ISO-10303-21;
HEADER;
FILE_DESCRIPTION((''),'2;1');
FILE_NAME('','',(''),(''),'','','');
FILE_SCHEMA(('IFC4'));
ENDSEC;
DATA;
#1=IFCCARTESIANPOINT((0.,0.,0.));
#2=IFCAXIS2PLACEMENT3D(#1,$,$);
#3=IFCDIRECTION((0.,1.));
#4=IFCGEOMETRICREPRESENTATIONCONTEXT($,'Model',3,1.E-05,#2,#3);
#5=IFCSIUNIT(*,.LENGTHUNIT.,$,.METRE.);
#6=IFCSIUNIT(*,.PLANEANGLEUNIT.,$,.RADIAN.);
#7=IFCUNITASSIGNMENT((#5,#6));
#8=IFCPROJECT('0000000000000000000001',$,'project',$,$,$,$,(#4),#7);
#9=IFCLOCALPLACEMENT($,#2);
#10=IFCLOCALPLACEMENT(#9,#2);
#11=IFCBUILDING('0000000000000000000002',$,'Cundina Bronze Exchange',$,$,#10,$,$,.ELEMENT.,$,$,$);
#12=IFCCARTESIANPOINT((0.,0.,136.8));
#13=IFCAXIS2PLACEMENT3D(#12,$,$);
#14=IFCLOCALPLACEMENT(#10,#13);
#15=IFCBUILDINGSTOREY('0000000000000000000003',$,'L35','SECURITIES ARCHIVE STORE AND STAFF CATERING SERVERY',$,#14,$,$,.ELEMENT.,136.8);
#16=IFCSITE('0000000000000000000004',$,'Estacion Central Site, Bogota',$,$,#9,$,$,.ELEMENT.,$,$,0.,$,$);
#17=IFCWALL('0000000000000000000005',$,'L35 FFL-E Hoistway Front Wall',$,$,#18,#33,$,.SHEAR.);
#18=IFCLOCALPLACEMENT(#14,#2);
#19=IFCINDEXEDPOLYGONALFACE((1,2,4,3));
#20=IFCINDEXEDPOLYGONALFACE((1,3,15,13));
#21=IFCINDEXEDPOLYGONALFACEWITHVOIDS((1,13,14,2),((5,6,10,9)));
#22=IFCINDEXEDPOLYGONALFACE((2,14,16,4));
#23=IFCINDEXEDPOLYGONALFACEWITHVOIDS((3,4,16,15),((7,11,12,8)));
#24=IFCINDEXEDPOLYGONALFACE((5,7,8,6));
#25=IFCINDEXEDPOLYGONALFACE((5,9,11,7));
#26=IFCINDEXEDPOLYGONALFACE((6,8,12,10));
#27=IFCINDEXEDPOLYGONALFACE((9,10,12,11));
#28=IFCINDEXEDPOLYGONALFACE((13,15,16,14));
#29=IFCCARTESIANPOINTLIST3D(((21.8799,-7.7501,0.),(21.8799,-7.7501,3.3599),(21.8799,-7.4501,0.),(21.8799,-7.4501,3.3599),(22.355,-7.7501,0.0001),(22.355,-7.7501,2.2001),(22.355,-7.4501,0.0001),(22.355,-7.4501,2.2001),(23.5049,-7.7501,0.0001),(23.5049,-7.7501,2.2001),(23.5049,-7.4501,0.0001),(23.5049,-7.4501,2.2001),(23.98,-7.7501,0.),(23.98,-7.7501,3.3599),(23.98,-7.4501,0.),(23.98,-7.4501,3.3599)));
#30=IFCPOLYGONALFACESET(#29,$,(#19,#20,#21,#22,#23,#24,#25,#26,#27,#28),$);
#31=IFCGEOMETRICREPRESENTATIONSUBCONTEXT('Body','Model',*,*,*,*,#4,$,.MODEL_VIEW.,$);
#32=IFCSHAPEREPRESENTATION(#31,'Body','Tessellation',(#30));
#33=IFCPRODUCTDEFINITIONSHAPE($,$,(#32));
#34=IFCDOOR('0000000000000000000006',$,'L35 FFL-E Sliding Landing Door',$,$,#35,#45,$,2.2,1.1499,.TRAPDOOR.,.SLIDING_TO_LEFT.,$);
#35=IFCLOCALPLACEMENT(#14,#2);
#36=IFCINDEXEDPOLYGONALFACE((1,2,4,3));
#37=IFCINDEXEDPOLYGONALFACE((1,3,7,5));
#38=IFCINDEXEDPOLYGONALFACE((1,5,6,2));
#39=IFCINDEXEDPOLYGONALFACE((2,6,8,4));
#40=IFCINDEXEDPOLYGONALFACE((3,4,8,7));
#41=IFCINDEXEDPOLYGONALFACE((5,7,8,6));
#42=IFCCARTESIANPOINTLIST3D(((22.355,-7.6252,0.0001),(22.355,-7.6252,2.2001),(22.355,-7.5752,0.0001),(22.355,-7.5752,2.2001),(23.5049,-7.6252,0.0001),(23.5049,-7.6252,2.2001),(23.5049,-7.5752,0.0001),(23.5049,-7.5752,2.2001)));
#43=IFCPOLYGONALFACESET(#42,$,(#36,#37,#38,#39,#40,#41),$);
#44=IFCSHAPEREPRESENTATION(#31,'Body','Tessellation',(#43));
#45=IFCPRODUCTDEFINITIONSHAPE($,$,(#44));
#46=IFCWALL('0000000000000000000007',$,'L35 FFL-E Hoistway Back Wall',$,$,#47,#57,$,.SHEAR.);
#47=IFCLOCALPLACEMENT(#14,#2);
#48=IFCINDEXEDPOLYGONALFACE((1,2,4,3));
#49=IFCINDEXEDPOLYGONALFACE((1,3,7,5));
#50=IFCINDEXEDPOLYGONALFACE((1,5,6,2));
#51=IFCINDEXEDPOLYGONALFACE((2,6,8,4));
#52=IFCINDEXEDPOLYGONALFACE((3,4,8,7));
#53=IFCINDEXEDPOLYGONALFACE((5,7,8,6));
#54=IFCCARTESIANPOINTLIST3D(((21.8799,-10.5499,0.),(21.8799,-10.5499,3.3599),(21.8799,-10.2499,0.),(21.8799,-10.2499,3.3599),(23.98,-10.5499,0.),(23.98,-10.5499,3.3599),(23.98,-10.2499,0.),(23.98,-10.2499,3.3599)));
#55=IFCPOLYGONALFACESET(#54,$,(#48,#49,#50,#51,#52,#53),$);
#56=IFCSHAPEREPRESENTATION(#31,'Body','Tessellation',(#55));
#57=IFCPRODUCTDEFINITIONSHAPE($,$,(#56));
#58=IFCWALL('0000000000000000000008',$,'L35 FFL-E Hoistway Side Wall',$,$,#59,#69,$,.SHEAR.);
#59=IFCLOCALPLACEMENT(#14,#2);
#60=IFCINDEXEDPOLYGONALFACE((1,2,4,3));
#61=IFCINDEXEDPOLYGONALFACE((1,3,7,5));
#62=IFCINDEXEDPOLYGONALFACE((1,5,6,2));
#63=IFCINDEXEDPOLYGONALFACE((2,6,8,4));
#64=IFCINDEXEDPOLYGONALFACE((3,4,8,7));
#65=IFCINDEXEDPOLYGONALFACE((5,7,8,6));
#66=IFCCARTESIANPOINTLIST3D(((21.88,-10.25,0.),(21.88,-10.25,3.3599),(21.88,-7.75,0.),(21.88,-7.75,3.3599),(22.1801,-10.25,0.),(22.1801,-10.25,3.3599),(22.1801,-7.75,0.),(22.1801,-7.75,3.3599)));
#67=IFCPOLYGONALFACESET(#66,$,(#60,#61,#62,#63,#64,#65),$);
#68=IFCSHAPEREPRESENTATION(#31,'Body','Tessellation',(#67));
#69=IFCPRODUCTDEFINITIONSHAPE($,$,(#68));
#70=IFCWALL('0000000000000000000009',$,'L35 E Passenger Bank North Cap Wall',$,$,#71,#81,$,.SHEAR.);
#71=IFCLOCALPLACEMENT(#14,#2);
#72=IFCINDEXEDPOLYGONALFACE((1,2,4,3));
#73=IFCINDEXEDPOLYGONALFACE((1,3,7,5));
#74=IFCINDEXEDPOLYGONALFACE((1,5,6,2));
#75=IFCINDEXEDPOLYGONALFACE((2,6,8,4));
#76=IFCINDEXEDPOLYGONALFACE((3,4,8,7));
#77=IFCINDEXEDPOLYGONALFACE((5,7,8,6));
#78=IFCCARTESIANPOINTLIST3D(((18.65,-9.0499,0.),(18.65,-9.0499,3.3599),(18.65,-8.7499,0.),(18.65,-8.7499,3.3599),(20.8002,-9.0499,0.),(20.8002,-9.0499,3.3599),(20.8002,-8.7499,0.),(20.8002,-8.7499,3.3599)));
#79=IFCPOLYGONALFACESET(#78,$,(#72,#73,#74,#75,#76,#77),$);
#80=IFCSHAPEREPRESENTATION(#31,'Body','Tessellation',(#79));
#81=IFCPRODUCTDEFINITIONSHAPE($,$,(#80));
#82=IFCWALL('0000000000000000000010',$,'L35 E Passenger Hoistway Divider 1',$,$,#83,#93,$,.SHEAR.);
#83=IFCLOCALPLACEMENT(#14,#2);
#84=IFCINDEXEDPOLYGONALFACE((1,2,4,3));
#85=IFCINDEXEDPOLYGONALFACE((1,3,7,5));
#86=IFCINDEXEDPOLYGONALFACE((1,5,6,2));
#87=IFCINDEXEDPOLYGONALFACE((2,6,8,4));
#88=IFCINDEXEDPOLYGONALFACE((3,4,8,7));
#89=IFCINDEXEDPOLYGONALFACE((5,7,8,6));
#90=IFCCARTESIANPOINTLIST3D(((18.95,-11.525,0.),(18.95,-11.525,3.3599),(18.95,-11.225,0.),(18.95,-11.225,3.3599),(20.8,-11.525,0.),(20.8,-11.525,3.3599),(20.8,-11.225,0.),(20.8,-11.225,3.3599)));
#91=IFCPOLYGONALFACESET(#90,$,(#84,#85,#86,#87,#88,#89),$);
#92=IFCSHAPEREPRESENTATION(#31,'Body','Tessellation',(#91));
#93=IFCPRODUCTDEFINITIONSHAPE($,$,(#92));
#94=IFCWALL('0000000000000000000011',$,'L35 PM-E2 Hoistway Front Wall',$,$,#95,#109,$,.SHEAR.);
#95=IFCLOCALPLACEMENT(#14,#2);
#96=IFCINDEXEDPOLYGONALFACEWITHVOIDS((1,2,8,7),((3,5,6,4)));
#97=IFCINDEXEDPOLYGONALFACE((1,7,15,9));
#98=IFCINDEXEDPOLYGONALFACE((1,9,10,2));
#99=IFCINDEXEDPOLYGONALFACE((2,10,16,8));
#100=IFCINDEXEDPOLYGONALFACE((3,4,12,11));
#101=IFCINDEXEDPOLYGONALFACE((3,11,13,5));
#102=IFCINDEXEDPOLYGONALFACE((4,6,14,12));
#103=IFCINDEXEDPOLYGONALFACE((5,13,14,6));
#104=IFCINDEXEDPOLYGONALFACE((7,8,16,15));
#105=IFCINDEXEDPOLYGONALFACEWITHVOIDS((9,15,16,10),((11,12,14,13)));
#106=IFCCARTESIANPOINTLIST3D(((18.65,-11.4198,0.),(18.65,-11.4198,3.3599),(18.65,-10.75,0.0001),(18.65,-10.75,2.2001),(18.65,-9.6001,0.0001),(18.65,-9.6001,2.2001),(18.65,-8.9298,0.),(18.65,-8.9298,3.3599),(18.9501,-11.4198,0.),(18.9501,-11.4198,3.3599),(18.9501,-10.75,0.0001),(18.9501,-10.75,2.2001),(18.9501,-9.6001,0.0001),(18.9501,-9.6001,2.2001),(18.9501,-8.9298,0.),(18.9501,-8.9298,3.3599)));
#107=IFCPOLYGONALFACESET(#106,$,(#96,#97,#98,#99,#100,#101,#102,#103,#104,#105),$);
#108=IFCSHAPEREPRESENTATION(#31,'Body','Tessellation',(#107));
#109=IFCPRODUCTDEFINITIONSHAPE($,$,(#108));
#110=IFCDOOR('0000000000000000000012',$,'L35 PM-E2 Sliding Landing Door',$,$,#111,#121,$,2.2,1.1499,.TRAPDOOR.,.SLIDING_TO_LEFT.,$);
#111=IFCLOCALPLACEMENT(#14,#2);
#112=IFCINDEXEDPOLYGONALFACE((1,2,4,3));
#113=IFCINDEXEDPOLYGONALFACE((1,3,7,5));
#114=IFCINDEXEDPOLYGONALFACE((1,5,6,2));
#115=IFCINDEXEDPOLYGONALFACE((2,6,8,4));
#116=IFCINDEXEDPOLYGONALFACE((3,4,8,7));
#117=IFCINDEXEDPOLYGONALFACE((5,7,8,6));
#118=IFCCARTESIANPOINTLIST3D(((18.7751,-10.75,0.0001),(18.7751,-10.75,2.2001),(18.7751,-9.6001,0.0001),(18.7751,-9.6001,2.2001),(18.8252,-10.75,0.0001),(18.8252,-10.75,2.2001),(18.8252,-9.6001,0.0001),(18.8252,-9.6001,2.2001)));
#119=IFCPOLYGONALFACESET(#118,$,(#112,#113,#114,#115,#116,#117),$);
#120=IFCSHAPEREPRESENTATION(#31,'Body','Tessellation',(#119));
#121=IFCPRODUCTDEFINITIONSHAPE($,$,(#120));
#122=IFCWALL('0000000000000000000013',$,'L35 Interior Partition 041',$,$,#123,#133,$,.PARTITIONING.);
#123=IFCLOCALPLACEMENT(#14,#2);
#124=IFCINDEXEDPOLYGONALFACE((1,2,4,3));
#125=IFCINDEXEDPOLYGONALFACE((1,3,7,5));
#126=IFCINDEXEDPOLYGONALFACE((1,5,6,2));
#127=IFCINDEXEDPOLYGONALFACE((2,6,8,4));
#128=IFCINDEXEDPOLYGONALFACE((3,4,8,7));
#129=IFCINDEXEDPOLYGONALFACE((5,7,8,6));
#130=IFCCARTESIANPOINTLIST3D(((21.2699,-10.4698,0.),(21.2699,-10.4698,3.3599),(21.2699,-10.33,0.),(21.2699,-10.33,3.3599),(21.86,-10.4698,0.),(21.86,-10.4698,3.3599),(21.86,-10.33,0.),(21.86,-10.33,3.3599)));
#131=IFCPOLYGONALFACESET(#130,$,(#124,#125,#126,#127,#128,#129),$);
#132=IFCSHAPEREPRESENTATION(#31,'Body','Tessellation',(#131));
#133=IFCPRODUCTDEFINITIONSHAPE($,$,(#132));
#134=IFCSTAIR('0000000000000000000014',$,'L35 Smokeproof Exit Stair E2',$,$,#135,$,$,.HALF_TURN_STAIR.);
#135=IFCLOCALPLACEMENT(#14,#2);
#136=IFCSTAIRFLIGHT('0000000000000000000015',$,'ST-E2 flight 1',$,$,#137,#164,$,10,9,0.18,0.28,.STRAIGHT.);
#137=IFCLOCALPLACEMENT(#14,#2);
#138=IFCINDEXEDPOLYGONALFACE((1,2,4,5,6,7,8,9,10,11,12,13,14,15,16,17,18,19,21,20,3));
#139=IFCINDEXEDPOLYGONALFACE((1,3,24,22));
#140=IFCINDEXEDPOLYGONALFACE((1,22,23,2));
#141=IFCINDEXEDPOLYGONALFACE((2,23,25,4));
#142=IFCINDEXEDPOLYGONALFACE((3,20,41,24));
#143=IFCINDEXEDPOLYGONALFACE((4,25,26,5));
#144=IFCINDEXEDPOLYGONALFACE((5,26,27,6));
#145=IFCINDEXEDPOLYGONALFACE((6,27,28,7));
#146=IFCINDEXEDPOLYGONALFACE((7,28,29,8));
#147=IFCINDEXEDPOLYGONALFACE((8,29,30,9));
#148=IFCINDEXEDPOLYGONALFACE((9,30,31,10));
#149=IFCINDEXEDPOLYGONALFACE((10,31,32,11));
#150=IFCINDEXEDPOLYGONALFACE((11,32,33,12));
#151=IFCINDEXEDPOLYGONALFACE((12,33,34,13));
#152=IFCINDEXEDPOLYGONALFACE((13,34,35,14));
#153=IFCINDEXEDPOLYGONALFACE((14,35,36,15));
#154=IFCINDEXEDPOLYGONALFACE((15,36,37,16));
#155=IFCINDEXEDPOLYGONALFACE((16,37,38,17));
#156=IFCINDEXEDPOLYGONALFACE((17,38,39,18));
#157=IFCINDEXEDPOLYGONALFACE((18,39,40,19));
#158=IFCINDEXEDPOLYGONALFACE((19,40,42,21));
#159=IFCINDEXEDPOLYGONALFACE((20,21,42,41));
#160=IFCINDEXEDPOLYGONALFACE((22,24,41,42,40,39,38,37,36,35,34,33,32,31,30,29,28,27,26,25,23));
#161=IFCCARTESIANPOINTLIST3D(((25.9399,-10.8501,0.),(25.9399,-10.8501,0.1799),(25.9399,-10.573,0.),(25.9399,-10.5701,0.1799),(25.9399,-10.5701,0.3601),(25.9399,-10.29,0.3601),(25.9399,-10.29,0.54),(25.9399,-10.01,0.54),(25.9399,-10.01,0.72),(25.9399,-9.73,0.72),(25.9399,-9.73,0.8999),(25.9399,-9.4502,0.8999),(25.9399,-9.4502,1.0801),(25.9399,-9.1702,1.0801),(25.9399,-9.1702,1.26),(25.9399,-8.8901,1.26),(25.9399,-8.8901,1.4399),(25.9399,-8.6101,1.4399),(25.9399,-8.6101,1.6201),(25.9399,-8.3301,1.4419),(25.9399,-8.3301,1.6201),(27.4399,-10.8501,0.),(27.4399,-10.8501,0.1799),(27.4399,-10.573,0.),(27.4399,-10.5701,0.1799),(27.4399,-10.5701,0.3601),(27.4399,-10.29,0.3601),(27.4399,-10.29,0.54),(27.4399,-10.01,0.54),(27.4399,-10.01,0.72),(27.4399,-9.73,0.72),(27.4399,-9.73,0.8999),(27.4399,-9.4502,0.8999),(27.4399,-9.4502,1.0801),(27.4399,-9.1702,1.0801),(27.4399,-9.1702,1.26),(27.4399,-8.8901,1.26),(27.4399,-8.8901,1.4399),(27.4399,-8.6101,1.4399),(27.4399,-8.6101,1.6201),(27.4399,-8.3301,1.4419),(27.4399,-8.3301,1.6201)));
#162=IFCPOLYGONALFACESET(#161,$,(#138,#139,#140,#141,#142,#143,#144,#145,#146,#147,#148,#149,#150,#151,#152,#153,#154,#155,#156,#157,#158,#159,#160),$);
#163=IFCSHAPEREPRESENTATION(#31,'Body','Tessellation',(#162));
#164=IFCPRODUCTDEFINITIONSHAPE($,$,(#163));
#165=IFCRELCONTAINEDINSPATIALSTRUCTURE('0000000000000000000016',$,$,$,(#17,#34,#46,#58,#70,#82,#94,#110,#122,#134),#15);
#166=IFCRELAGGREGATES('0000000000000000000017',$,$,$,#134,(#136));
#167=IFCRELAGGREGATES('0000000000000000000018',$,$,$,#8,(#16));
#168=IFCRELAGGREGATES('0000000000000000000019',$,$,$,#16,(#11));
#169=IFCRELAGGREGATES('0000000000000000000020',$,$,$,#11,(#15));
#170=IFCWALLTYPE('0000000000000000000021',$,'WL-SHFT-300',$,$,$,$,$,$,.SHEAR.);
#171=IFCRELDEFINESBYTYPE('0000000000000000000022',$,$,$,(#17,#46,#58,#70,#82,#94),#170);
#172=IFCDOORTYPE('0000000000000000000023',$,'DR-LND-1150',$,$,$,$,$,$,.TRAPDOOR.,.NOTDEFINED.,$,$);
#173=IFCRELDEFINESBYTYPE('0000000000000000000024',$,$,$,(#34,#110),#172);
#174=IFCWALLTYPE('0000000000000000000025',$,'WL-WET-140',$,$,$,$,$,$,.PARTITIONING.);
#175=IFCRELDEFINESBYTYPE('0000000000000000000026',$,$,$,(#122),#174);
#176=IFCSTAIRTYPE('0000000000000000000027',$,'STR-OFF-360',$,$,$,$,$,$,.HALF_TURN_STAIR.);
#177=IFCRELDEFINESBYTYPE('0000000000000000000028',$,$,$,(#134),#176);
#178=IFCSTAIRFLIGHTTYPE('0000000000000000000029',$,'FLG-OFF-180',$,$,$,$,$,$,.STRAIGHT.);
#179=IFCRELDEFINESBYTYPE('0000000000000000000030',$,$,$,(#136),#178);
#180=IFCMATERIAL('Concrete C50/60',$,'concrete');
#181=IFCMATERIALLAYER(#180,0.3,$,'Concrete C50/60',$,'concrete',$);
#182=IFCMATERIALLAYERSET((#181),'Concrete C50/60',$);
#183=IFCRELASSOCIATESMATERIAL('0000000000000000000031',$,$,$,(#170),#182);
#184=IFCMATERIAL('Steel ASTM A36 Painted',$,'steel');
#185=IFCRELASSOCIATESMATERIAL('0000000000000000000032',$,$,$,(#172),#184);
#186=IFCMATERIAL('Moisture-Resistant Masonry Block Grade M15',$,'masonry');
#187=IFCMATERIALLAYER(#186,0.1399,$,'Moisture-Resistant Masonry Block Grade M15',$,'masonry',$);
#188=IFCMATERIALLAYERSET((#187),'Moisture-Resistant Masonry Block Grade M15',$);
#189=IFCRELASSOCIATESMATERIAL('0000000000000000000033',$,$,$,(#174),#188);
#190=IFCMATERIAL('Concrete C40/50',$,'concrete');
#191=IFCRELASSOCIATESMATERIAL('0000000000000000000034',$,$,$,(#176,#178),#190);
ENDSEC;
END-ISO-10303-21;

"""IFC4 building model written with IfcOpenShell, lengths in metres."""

from ifc_helpers import new_model, si_unit, direction, frame, frame_2d, origin, place, context, subcontext, project, spatial, polyline, rectangle, outline, extrude, material, layer, layer_set, type_object, element, fill, aggregate, save


model = new_model("IFC4")

# Units and contexts
model_context = context("Model", 3, precision=1e-05, world=origin(), true_north=direction((0.0, 1.0)))
body_context = subcontext(model_context, "Body", "Model", "MODEL_VIEW")
ifc_project = project(units=[si_unit("LENGTHUNIT", "METRE"), si_unit("PLANEANGLEUNIT", "RADIAN")], contexts=[model_context])

# Site, building, storey
site_placement = place(None, origin())
site = spatial("IfcSite", under=ifc_project, at=site_placement, Name="Estacion Central Site, Bogota", CompositionType="ELEMENT", RefElevation=0.0)
building_placement = place(site_placement, origin())
building = spatial("IfcBuilding", under=site, at=building_placement, Name="Cundina Bronze Exchange", CompositionType="ELEMENT")
storey_placement = place(building_placement, frame((0.0, 0.0, 136.8)))
storey = spatial("IfcBuildingStorey", under=building, at=storey_placement, Name="L35", Description="SECURITIES ARCHIVE STORE AND STAFF CATERING SERVERY", CompositionType="ELEMENT", Elevation=136.8)

# Shared definitions
ifc_material_1 = material(Name="Concrete C50/60", Category="concrete")

# Shared definitions
ifc_layer_1 = layer(ifc_material_1, 0.3, Name="Concrete C50/60", Category="concrete")
ifc_layer_set_1 = layer_set([ifc_layer_1], Name="Concrete C50/60")
wall_type_1 = type_object("IfcWallType", Name="WL-SHFT-300", PredefinedType="SHEAR", material=ifc_layer_set_1)

# Wall, opening, door
ifc_material_2 = material(Name="Steel ASTM A36 Painted", Category="steel")
wall_1_placement = place(storey_placement, frame((21.8799, -7.6001, 0.0), z_axis=(0.0, 0.0, 1.0), x_axis=(1.0, 0.0, 0.0)))
wall_1 = element("IfcWall", 1, at=wall_1_placement, inside=storey, type_object=wall_type_1, Name="L35 FFL-E Hoistway Front Wall", PredefinedType="SHEAR", context=body_context, shape_type="SweptSolid", body=[
    extrude(rectangle(XDim=2.1001, YDim=0.3, at=frame_2d((1.05, 0.0))), origin(), (0.0, 0.0, 1.0), 3.3599),
])
opening_1_placement = place(wall_1_placement, frame((0.4751, 0.0, 0.0)))
opening_1 = element("IfcOpeningElement", 2, at=opening_1_placement, cuts=wall_1, PredefinedType="OPENING", context=body_context, shape_type="SweptSolid", body=[
    extrude(rectangle(XDim=1.1499, YDim=2.2, at=frame_2d((0.575, 1.1001))), frame((0.0, 0.1599, 0.0), z_axis=(0.0, -1.0, 0.0), x_axis=(1.0, 0.0, 0.0)), (0.0, 0.0, 1.0), 0.3201),
])
door_type_1 = type_object("IfcDoorType", Name="DR-LND-1150", OperationType="NOTDEFINED", PredefinedType="TRAPDOOR", material=ifc_material_2)
door_1_placement = place(opening_1_placement, origin())
door_1 = element("IfcDoor", 3, at=door_1_placement, inside=storey, type_object=door_type_1, Name="L35 FFL-E Sliding Landing Door", OperationType="SLIDING_TO_LEFT", OverallHeight=2.2, OverallWidth=1.1499, PredefinedType="TRAPDOOR", context=body_context, shape_type="SweptSolid", body=[
    extrude(rectangle(XDim=1.1499, YDim=2.2, at=frame_2d((0.575, 1.1001))), frame((0.0, 0.0249, 0.0), z_axis=(0.0, -1.0, 0.0), x_axis=(1.0, 0.0, 0.0)), (0.0, 0.0, 1.0), 0.05),
])
fill(opening_1, door_1)

# Walls
wall_2_placement = place(storey_placement, frame((21.8799, -10.3999, 0.0), z_axis=(0.0, 0.0, 1.0), x_axis=(1.0, 0.0, 0.0)))
element("IfcWall", 4, at=wall_2_placement, inside=storey, type_object=wall_type_1, Name="L35 FFL-E Hoistway Back Wall", PredefinedType="SHEAR", context=body_context, shape_type="SweptSolid", body=[
    extrude(rectangle(XDim=2.1001, YDim=0.3, at=frame_2d((1.05, 0.0))), origin(), (0.0, 0.0, 1.0), 3.3599),
])
wall_3_placement = place(storey_placement, frame((22.03, -10.25, 0.0), z_axis=(0.0, 0.0, 1.0), x_axis=(0.0, 1.0, 0.0)))
element("IfcWall", 5, at=wall_3_placement, inside=storey, type_object=wall_type_1, Name="L35 FFL-E Hoistway Side Wall", PredefinedType="SHEAR", context=body_context, shape_type="SweptSolid", body=[
    extrude(rectangle(XDim=2.5, YDim=0.3, at=frame_2d((1.25, 0.0))), origin(), (0.0, 0.0, 1.0), 3.3599),
])
wall_4_placement = place(storey_placement, frame((18.6499, -8.8999, 0.0), z_axis=(0.0, 0.0, 1.0), x_axis=(1.0, 0.0, 0.0)))
element("IfcWall", 6, at=wall_4_placement, inside=storey, type_object=wall_type_1, Name="L35 E Passenger Bank North Cap Wall", PredefinedType="SHEAR", context=body_context, shape_type="SweptSolid", body=[
    extrude(rectangle(XDim=2.1501, YDim=0.3, at=frame_2d((1.0752, 0.0))), origin(), (0.0, 0.0, 1.0), 3.3599),
])
wall_5_placement = place(storey_placement, frame((18.95, -11.375, 0.0), z_axis=(0.0, 0.0, 1.0), x_axis=(1.0, 0.0, 0.0)))
element("IfcWall", 7, at=wall_5_placement, inside=storey, type_object=wall_type_1, Name="L35 E Passenger Hoistway Divider 1", PredefinedType="SHEAR", context=body_context, shape_type="SweptSolid", body=[
    extrude(rectangle(XDim=1.8501, YDim=0.3, at=frame_2d((0.925, 0.0))), origin(), (0.0, 0.0, 1.0), 3.3599),
])

# Wall, opening, door
wall_6_placement = place(storey_placement, frame((18.8, -11.4199, 0.0), z_axis=(0.0, 0.0, 1.0), x_axis=(0.0, 1.0, 0.0)))
wall_6 = element("IfcWall", 8, at=wall_6_placement, inside=storey, type_object=wall_type_1, Name="L35 PM-E2 Hoistway Front Wall", PredefinedType="SHEAR", context=body_context, shape_type="SweptSolid", body=[
    extrude(rectangle(XDim=2.49, YDim=0.3, at=frame_2d((1.2451, 0.0))), origin(), (0.0, 0.0, 1.0), 3.3599),
])
opening_2_placement = place(wall_6_placement, frame((0.6699, 0.0, 0.0)))
opening_2 = element("IfcOpeningElement", 9, at=opening_2_placement, cuts=wall_6, PredefinedType="OPENING", context=body_context, shape_type="SweptSolid", body=[
    extrude(rectangle(XDim=1.1499, YDim=2.2, at=frame_2d((0.575, 1.1001))), frame((0.0, 0.1599, 0.0), z_axis=(0.0, -1.0, 0.0), x_axis=(1.0, 0.0, 0.0)), (0.0, 0.0, 1.0), 0.3201),
])
door_2_placement = place(opening_2_placement, origin())
door_2 = element("IfcDoor", 10, at=door_2_placement, inside=storey, type_object=door_type_1, Name="L35 PM-E2 Sliding Landing Door", OperationType="SLIDING_TO_LEFT", OverallHeight=2.2, OverallWidth=1.1499, PredefinedType="TRAPDOOR", context=body_context, shape_type="SweptSolid", body=[
    extrude(rectangle(XDim=1.1499, YDim=2.2, at=frame_2d((0.575, 1.1001))), frame((0.0, 0.0249, 0.0), z_axis=(0.0, -1.0, 0.0), x_axis=(1.0, 0.0, 0.0)), (0.0, 0.0, 1.0), 0.05),
])
fill(opening_2, door_2)

# Wall
ifc_material_3 = material(Name="Moisture-Resistant Masonry Block Grade M15", Category="masonry")
ifc_layer_2 = layer(ifc_material_3, 0.1399, Name="Moisture-Resistant Masonry Block Grade M15", Category="masonry")
ifc_layer_set_2 = layer_set([ifc_layer_2], Name="Moisture-Resistant Masonry Block Grade M15")
wall_type_2 = type_object("IfcWallType", Name="WL-WET-140", PredefinedType="PARTITIONING", material=ifc_layer_set_2)
wall_7_placement = place(storey_placement, frame((21.27, -10.3999, 0.0), z_axis=(0.0, 0.0, 1.0), x_axis=(1.0, 0.0, 0.0)))
element("IfcWall", 11, at=wall_7_placement, inside=storey, type_object=wall_type_2, Name="L35 Interior Partition 041", PredefinedType="PARTITIONING", context=body_context, shape_type="SweptSolid", body=[
    extrude(rectangle(XDim=0.5901, YDim=0.1399, at=frame_2d((0.2949, 0.0))), origin(), (0.0, 0.0, 1.0), 3.3599),
])

# Stair, stair flight
ifc_material_4 = material(Name="Concrete C40/50", Category="concrete")
stair_type = type_object("IfcStairType", Name="STR-OFF-360", PredefinedType="HALF_TURN_STAIR", material=ifc_material_4)
stair_placement = place(storey_placement, origin())
stair = element("IfcStair", 12, at=stair_placement, inside=storey, type_object=stair_type, Name="L35 Smokeproof Exit Stair E2", PredefinedType="HALF_TURN_STAIR")
stair_flight_type = type_object("IfcStairFlightType", Name="FLG-OFF-180", PredefinedType="STRAIGHT", material=ifc_material_4)
stair_flight_1_placement = place(storey_placement, frame((26.6899, -10.8501, 0.0), z_axis=(0.0, 0.0, 1.0), x_axis=(0.0, 1.0, 0.0)))
stair_flight_1 = element("IfcStairFlight", 13, at=stair_flight_1_placement, type_object=stair_flight_type, Name="ST-E2 flight 1", NumberOfRisers=10, NumberOfTreads=9, PredefinedType="STRAIGHT", RiserHeight=0.18, TreadLength=0.28, context=body_context, shape_type="SweptSolid", body=[
    extrude(outline(polyline([(0.0, 0.0), (0.0, 0.1799), (0.28, 0.1799), (0.28, 0.3601), (0.5601, 0.3601), (0.5601, 0.54), (0.8401, 0.54), (0.8401, 0.72), (1.1201, 0.72), (1.1201, 0.8999), (1.3999, 0.8999), (1.3999, 1.0801), (1.6799, 1.0801), (1.6799, 1.26), (1.96, 1.26), (1.96, 1.4399), (2.24, 1.4399), (2.24, 1.6201), (2.52, 1.6201), (2.52, 1.8), (2.52, 1.4419), (0.2771, 0.0), (0.0, 0.0)])), frame((0.0, 0.75, 0.0), z_axis=(0.0, -1.0, 0.0), x_axis=(1.0, 0.0, 0.0)), (0.0, 0.0, 1.0), 1.5),
])
aggregate(stair, [stair_flight_1])

save(model, "model.ifc")
